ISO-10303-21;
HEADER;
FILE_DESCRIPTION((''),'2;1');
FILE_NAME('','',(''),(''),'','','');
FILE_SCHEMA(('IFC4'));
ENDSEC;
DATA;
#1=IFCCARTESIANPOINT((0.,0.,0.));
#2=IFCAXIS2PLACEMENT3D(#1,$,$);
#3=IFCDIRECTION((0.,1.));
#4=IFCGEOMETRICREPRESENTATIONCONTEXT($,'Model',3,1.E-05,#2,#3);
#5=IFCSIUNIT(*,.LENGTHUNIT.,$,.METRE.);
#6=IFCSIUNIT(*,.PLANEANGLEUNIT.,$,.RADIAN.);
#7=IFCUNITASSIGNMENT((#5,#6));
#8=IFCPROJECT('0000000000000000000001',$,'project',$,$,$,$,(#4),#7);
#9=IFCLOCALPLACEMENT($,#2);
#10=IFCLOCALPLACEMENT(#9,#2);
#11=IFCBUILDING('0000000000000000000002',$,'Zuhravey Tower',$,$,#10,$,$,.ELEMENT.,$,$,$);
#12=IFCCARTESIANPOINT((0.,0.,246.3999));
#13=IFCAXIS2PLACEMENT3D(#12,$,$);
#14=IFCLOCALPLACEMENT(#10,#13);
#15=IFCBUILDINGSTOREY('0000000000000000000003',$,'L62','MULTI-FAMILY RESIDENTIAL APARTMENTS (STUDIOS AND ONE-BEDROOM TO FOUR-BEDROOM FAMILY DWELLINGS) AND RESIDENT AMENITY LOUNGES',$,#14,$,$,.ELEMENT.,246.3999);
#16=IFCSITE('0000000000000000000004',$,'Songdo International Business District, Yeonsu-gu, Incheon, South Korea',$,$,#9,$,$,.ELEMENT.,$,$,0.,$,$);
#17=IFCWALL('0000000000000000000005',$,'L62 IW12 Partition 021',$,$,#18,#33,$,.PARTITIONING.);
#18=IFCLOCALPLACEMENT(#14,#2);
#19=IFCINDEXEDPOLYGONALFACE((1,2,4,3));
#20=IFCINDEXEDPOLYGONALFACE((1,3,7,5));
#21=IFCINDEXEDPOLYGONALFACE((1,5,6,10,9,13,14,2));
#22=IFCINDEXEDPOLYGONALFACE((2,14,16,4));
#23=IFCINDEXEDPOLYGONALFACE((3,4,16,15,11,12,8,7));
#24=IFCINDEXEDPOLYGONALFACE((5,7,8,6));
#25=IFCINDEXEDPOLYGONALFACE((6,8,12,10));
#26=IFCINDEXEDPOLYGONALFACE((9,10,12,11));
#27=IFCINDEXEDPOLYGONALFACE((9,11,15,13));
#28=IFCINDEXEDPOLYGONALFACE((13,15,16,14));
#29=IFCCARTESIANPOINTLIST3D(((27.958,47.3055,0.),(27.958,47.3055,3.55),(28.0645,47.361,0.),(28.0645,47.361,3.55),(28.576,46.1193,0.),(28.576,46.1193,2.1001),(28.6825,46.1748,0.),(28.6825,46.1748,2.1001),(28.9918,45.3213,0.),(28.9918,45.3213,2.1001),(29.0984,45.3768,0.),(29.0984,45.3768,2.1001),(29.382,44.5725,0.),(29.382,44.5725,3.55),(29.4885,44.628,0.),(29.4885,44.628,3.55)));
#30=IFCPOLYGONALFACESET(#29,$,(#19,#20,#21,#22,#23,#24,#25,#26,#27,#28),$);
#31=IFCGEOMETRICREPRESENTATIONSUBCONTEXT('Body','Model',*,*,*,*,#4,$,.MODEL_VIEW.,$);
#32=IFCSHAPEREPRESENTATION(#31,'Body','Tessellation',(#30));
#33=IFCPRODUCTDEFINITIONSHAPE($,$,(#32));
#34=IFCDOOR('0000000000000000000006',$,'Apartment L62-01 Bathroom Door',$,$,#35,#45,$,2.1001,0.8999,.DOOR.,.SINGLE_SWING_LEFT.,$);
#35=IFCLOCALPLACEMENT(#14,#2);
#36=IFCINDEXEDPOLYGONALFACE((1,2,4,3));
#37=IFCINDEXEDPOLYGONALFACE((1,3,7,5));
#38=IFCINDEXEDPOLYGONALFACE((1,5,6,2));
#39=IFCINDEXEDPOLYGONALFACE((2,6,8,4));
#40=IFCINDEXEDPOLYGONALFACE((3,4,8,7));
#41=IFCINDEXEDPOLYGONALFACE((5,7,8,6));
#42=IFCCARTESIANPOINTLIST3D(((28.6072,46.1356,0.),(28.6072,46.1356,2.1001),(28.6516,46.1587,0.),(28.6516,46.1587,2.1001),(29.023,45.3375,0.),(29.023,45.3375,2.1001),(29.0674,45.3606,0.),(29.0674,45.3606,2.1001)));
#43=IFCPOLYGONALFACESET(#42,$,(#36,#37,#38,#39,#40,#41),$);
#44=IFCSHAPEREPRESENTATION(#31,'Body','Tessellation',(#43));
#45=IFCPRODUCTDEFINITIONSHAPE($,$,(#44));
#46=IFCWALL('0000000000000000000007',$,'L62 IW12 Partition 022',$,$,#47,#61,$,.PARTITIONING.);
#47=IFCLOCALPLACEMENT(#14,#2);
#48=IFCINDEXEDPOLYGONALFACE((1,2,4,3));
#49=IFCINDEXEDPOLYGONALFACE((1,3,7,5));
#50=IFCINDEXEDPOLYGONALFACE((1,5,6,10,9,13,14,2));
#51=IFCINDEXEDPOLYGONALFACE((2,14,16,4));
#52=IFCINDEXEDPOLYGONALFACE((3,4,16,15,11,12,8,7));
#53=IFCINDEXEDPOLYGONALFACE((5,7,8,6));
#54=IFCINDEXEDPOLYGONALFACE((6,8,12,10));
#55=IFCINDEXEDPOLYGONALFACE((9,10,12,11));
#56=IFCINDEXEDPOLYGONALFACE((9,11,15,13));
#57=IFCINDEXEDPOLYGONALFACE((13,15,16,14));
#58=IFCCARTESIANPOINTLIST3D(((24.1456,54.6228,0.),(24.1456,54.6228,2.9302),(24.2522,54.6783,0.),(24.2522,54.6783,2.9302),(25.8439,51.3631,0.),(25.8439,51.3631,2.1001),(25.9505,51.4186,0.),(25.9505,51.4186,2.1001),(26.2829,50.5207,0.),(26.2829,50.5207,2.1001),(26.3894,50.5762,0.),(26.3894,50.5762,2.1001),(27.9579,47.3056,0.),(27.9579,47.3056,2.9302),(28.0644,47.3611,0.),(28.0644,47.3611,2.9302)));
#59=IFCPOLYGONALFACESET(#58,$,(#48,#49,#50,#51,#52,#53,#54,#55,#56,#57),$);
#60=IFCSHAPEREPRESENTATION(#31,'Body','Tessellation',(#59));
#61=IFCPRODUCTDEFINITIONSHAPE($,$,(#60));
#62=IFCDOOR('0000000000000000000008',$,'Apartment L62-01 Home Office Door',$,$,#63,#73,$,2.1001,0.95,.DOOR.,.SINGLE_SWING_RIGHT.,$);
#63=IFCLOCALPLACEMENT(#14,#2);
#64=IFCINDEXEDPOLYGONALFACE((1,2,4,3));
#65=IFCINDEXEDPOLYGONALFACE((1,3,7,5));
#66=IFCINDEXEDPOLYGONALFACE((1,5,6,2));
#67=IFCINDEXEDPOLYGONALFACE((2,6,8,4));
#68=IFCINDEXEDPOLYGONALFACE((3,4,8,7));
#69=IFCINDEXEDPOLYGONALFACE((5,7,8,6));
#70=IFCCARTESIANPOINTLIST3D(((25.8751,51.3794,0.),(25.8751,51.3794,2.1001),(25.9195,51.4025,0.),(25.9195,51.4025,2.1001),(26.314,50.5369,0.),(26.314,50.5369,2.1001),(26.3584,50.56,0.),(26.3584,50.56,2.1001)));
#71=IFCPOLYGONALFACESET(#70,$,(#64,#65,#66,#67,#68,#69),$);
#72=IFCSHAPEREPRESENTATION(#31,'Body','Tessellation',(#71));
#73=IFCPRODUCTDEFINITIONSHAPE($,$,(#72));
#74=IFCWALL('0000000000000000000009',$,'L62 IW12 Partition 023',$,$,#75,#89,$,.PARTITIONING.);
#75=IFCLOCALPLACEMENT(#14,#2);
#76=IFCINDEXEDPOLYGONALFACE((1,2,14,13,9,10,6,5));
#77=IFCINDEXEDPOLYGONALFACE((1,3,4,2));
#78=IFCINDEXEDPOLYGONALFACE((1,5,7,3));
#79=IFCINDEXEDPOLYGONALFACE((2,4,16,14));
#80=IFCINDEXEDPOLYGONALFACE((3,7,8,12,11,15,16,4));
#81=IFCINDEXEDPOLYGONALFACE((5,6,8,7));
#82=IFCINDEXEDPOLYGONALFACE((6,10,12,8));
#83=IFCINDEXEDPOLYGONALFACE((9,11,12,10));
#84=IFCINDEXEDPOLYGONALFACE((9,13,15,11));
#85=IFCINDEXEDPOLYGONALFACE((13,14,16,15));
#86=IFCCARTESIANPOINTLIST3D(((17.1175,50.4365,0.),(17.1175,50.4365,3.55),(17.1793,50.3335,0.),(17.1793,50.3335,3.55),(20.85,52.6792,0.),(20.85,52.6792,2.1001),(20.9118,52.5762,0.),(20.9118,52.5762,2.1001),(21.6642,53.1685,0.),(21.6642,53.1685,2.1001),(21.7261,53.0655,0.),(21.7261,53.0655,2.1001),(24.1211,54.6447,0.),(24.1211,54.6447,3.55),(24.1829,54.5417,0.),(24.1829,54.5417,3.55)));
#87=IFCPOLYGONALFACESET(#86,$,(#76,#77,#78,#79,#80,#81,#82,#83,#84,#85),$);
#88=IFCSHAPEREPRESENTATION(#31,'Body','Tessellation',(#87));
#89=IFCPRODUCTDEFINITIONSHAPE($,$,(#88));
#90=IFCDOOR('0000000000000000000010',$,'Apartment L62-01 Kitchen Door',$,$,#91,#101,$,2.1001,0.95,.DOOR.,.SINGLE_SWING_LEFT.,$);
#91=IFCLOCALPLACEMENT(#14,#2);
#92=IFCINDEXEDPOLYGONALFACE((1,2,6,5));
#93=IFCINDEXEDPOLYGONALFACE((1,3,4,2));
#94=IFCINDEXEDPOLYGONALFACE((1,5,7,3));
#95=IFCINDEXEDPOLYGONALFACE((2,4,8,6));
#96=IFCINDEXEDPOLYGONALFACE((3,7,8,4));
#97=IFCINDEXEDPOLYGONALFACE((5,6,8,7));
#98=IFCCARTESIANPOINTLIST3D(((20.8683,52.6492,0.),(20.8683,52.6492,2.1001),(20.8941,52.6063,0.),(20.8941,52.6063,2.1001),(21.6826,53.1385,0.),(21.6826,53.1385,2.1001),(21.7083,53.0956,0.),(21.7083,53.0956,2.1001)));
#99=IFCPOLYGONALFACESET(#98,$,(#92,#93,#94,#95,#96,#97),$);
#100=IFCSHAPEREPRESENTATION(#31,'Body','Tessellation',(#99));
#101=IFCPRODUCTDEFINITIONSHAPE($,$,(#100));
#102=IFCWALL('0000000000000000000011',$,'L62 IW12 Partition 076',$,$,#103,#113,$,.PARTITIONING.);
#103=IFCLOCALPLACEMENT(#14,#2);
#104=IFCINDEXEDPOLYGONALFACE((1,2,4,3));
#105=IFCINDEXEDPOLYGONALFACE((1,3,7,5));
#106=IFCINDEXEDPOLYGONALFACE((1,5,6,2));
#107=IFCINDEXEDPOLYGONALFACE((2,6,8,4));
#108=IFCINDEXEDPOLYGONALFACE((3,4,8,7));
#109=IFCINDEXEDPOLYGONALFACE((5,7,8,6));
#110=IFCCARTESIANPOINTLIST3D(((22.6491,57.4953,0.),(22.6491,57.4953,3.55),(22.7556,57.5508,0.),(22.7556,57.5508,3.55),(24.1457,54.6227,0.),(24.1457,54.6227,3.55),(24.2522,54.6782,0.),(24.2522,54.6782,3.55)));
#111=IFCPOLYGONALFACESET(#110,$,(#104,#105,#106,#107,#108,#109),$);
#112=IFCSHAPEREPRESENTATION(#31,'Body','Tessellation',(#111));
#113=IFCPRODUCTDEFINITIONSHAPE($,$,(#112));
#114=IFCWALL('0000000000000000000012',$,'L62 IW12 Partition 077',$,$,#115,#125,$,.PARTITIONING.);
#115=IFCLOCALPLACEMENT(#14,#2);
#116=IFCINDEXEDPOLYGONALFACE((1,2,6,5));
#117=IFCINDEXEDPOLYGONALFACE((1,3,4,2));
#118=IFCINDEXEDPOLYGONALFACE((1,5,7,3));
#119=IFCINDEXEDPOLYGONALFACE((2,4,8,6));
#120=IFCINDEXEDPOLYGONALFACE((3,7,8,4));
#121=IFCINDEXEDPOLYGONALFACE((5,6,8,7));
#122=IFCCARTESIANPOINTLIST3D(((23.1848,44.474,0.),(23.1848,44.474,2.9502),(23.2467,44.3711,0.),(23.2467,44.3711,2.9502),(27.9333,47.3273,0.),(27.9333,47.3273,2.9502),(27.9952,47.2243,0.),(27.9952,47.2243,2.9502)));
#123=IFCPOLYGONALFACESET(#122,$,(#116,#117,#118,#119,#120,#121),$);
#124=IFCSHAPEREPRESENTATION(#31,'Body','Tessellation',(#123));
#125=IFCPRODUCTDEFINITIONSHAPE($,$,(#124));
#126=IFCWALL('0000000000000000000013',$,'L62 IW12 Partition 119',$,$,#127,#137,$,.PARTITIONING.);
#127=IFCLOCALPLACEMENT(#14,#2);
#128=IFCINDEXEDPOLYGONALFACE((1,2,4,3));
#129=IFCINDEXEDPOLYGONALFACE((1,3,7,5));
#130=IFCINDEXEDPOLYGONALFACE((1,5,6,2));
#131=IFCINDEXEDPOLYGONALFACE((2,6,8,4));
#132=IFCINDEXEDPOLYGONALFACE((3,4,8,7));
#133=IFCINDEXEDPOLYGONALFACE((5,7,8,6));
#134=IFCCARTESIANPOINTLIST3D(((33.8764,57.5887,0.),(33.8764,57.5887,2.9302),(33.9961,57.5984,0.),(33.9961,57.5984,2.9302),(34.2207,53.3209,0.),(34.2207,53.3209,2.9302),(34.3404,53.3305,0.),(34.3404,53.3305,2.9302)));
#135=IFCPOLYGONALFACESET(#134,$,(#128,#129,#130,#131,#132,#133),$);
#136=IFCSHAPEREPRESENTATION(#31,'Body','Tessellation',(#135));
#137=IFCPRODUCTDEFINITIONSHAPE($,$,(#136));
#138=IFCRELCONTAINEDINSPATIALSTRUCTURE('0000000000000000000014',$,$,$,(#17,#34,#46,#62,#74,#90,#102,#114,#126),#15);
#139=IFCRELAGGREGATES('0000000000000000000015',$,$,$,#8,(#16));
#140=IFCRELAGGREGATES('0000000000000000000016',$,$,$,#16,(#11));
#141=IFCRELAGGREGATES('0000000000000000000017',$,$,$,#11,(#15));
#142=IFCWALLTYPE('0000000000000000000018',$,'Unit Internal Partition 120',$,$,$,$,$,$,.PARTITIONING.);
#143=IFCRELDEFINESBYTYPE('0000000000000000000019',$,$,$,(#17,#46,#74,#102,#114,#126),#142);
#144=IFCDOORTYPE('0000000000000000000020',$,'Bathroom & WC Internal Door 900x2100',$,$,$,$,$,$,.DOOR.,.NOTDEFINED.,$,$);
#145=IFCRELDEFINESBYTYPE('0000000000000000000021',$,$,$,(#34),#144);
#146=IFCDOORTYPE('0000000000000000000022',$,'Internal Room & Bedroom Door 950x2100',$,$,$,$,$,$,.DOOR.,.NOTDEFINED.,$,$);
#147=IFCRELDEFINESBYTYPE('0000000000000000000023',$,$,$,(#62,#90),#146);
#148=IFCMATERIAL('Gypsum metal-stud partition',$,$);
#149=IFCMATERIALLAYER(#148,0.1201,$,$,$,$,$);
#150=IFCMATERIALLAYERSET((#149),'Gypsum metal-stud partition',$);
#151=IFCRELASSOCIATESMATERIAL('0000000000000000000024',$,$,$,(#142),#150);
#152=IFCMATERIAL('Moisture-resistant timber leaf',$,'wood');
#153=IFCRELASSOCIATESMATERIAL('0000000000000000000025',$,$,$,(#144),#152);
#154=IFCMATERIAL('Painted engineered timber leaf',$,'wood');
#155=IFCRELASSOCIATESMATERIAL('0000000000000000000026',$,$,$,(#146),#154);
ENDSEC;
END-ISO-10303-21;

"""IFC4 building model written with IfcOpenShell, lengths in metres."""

from ifc_helpers import new_model, si_unit, direction, frame, frame_2d, origin, place, context, subcontext, project, spatial, rectangle, extrude, material, layer, layer_set, type_object, element, fill, save


model = new_model("IFC4")

# Units and contexts
model_context = context("Model", 3, precision=1e-05, world=origin(), true_north=direction((0.0, 1.0)))
body_context = subcontext(model_context, "Body", "Model", "MODEL_VIEW")
ifc_project = project(units=[si_unit("LENGTHUNIT", "METRE"), si_unit("PLANEANGLEUNIT", "RADIAN")], contexts=[model_context])

# Site, building, storey
site_placement = place(None, origin())
site = spatial("IfcSite", under=ifc_project, at=site_placement, Name="Songdo International Business District, Yeonsu-gu, Incheon, South Korea", CompositionType="ELEMENT", RefElevation=0.0)
building_placement = place(site_placement, origin())
building = spatial("IfcBuilding", under=site, at=building_placement, Name="Zuhravey Tower", CompositionType="ELEMENT")
storey_placement = place(building_placement, frame((0.0, 0.0, 246.3999)))
storey = spatial("IfcBuildingStorey", under=building, at=storey_placement, Name="L62", Description="MULTI-FAMILY RESIDENTIAL APARTMENTS (STUDIOS AND ONE-BEDROOM TO FOUR-BEDROOM FAMILY DWELLINGS) AND RESIDENT AMENITY LOUNGES", CompositionType="ELEMENT", Elevation=246.3999)

# Walls, openings, doors
ifc_material_1 = material(Name="Gypsum metal-stud partition")
ifc_layer_1 = layer(ifc_material_1, 0.1201)
ifc_layer_set_1 = layer_set([ifc_layer_1], Name="Gypsum metal-stud partition")
wall_type_1 = type_object("IfcWallType", Name="Unit Internal Partition 120", PredefinedType="PARTITIONING", material=ifc_layer_set_1)
wall_1_placement = place(storey_placement, frame((29.4353, 44.6001, 0.0), z_axis=(0.0, 0.0, 1.0), x_axis=(-0.462076, 0.88684, 0.0)))
wall_1 = element("IfcWall", 1, at=wall_1_placement, inside=storey, type_object=wall_type_1, Name="L62 IW12 Partition 021", PredefinedType="PARTITIONING", context=body_context, shape_type="SweptSolid", body=[
    extrude(rectangle(XDim=3.0818, YDim=0.1201, at=frame_2d((1.541, 0.0))), origin(), (0.0, 0.0, 1.0), 3.55),
])
opening_1_placement = place(wall_1_placement, frame((0.8445, 0.0, 0.0)))
opening_1 = element("IfcOpeningElement", 2, at=opening_1_placement, cuts=wall_1, PredefinedType="OPENING", context=body_context, shape_type="SweptSolid", body=[
    extrude(rectangle(XDim=0.8999, YDim=2.1001, at=frame_2d((0.45, 1.05))), frame((0.0, 0.072, 0.0), z_axis=(0.0, -1.0, 0.0), x_axis=(1.0, 0.0, 0.0)), (0.0, 0.0, 1.0), 0.144),
])
ifc_material_2 = material(Name="Moisture-resistant timber leaf", Category="wood")
door_type_1 = type_object("IfcDoorType", Name="Bathroom & WC Internal Door 900x2100", OperationType="NOTDEFINED", PredefinedType="DOOR", material=ifc_material_2)
door_1_placement = place(opening_1_placement, origin())
door_1 = element("IfcDoor", 3, at=door_1_placement, inside=storey, type_object=door_type_1, Name="Apartment L62-01 Bathroom Door", OperationType="SINGLE_SWING_LEFT", OverallHeight=2.1001, OverallWidth=0.8999, PredefinedType="DOOR", context=body_context, shape_type="SweptSolid", body=[
    extrude(rectangle(XDim=0.8999, YDim=2.1001, at=frame_2d((0.45, 1.05))), frame((0.0, 0.0249, 0.0), z_axis=(0.0, -1.0, 0.0), x_axis=(1.0, 0.0, 0.0)), (0.0, 0.0, 1.0), 0.05),
])
fill(opening_1, door_1)
wall_2_placement = place(storey_placement, frame((28.0112, 47.3333, 0.0), z_axis=(0.0, 0.0, 1.0), x_axis=(-0.462053, 0.886852, 0.0)))
wall_2 = element("IfcWall", 4, at=wall_2_placement, inside=storey, type_object=wall_type_1, Name="L62 IW12 Partition 022", PredefinedType="PARTITIONING", context=body_context, shape_type="SweptSolid", body=[
    extrude(rectangle(XDim=8.2507, YDim=0.1201, at=frame_2d((4.1255, 0.0))), origin(), (0.0, 0.0, 1.0), 2.9302),
])
opening_2_placement = place(wall_2_placement, frame((3.6252, 0.0, 0.0)))
opening_2 = element("IfcOpeningElement", 5, at=opening_2_placement, cuts=wall_2, PredefinedType="OPENING", context=body_context, shape_type="SweptSolid", body=[
    extrude(rectangle(XDim=0.95, YDim=2.1001, at=frame_2d((0.4751, 1.05))), frame((0.0, 0.072, 0.0), z_axis=(0.0, -1.0, 0.0), x_axis=(1.0, 0.0, 0.0)), (0.0, 0.0, 1.0), 0.144),
])
ifc_material_3 = material(Name="Painted engineered timber leaf", Category="wood")
door_type_2 = type_object("IfcDoorType", Name="Internal Room & Bedroom Door 950x2100", OperationType="NOTDEFINED", PredefinedType="DOOR", material=ifc_material_3)
door_2_placement = place(opening_2_placement, origin())
door_2 = element("IfcDoor", 6, at=door_2_placement, inside=storey, type_object=door_type_2, Name="Apartment L62-01 Home Office Door", OperationType="SINGLE_SWING_RIGHT", OverallHeight=2.1001, OverallWidth=0.95, PredefinedType="DOOR", context=body_context, shape_type="SweptSolid", body=[
    extrude(rectangle(XDim=0.95, YDim=2.1001, at=frame_2d((0.4751, 1.05))), frame((0.0, 0.0249, 0.0), z_axis=(0.0, -1.0, 0.0), x_axis=(1.0, 0.0, 0.0)), (0.0, 0.0, 1.0), 0.05),
])
fill(opening_2, door_2)
wall_3_placement = place(storey_placement, frame((24.1521, 54.5933, 0.0), z_axis=(0.0, 0.0, 1.0), x_axis=(-0.857166, -0.515041, 0.0)))
wall_3 = element("IfcWall", 7, at=wall_3_placement, inside=storey, type_object=wall_type_1, Name="L62 IW12 Partition 023", PredefinedType="PARTITIONING", context=body_context, shape_type="SweptSolid", body=[
    extrude(rectangle(XDim=8.1707, YDim=0.1201, at=frame_2d((4.0854, 0.0))), origin(), (0.0, 0.0, 1.0), 3.55),
])
opening_3_placement = place(wall_3_placement, frame((2.8662, 0.0, 0.0)))
opening_3 = element("IfcOpeningElement", 8, at=opening_3_placement, cuts=wall_3, PredefinedType="OPENING", context=body_context, shape_type="SweptSolid", body=[
    extrude(rectangle(XDim=0.95, YDim=2.1001, at=frame_2d((0.4751, 1.05))), frame((0.0, 0.072, 0.0), z_axis=(0.0, -1.0, 0.0), x_axis=(1.0, 0.0, 0.0)), (0.0, 0.0, 1.0), 0.144),
])
door_3_placement = place(opening_3_placement, frame((0.95, 0.0, 0.0), z_axis=(0.0, 0.0, 1.0), x_axis=(-1.0, 0.0, 0.0)))
door_3 = element("IfcDoor", 9, at=door_3_placement, inside=storey, type_object=door_type_2, Name="Apartment L62-01 Kitchen Door", OperationType="SINGLE_SWING_LEFT", OverallHeight=2.1001, OverallWidth=0.95, PredefinedType="DOOR", context=body_context, shape_type="SweptSolid", body=[
    extrude(rectangle(XDim=0.95, YDim=2.1001, at=frame_2d((0.4751, 1.05))), frame((0.0, 0.0249, 0.0), z_axis=(0.0, -1.0, 0.0), x_axis=(1.0, 0.0, 0.0)), (0.0, 0.0, 1.0), 0.05),
])
fill(opening_3, door_3)

# Walls
wall_4_placement = place(storey_placement, frame((24.199, 54.6504, 0.0), z_axis=(0.0, 0.0, 1.0), x_axis=(-0.462046, 0.886856, 0.0)))
element("IfcWall", 10, at=wall_4_placement, inside=storey, type_object=wall_type_1, Name="L62 IW12 Partition 076", PredefinedType="PARTITIONING", context=body_context, shape_type="SweptSolid", body=[
    extrude(rectangle(XDim=3.239, YDim=0.1201, at=frame_2d((1.6196, 0.0))), origin(), (0.0, 0.0, 1.0), 3.55),
])
wall_5_placement = place(storey_placement, frame((27.9644, 47.2759, 0.0), z_axis=(0.0, 0.0, 1.0), x_axis=(-0.857162, -0.515047, 0.0)))
element("IfcWall", 11, at=wall_5_placement, inside=storey, type_object=wall_type_1, Name="L62 IW12 Partition 077", PredefinedType="PARTITIONING", context=body_context, shape_type="SweptSolid", body=[
    extrude(rectangle(XDim=5.5398, YDim=0.1201, at=frame_2d((2.77, 0.0))), origin(), (0.0, 0.0, 1.0), 2.9502),
])
wall_6_placement = place(storey_placement, frame((34.2805, 53.3257, 0.0), z_axis=(0.0, 0.0, 1.0), x_axis=(-0.080398, 0.996763, 0.0)))
element("IfcWall", 12, at=wall_6_placement, inside=storey, type_object=wall_type_1, Name="L62 IW12 Partition 119", PredefinedType="PARTITIONING", context=body_context, shape_type="SweptSolid", body=[
    extrude(rectangle(XDim=4.2817, YDim=0.1201, at=frame_2d((2.1409, 0.0))), origin(), (0.0, 0.0, 1.0), 2.9302),
])

save(model, "model.ifc")
